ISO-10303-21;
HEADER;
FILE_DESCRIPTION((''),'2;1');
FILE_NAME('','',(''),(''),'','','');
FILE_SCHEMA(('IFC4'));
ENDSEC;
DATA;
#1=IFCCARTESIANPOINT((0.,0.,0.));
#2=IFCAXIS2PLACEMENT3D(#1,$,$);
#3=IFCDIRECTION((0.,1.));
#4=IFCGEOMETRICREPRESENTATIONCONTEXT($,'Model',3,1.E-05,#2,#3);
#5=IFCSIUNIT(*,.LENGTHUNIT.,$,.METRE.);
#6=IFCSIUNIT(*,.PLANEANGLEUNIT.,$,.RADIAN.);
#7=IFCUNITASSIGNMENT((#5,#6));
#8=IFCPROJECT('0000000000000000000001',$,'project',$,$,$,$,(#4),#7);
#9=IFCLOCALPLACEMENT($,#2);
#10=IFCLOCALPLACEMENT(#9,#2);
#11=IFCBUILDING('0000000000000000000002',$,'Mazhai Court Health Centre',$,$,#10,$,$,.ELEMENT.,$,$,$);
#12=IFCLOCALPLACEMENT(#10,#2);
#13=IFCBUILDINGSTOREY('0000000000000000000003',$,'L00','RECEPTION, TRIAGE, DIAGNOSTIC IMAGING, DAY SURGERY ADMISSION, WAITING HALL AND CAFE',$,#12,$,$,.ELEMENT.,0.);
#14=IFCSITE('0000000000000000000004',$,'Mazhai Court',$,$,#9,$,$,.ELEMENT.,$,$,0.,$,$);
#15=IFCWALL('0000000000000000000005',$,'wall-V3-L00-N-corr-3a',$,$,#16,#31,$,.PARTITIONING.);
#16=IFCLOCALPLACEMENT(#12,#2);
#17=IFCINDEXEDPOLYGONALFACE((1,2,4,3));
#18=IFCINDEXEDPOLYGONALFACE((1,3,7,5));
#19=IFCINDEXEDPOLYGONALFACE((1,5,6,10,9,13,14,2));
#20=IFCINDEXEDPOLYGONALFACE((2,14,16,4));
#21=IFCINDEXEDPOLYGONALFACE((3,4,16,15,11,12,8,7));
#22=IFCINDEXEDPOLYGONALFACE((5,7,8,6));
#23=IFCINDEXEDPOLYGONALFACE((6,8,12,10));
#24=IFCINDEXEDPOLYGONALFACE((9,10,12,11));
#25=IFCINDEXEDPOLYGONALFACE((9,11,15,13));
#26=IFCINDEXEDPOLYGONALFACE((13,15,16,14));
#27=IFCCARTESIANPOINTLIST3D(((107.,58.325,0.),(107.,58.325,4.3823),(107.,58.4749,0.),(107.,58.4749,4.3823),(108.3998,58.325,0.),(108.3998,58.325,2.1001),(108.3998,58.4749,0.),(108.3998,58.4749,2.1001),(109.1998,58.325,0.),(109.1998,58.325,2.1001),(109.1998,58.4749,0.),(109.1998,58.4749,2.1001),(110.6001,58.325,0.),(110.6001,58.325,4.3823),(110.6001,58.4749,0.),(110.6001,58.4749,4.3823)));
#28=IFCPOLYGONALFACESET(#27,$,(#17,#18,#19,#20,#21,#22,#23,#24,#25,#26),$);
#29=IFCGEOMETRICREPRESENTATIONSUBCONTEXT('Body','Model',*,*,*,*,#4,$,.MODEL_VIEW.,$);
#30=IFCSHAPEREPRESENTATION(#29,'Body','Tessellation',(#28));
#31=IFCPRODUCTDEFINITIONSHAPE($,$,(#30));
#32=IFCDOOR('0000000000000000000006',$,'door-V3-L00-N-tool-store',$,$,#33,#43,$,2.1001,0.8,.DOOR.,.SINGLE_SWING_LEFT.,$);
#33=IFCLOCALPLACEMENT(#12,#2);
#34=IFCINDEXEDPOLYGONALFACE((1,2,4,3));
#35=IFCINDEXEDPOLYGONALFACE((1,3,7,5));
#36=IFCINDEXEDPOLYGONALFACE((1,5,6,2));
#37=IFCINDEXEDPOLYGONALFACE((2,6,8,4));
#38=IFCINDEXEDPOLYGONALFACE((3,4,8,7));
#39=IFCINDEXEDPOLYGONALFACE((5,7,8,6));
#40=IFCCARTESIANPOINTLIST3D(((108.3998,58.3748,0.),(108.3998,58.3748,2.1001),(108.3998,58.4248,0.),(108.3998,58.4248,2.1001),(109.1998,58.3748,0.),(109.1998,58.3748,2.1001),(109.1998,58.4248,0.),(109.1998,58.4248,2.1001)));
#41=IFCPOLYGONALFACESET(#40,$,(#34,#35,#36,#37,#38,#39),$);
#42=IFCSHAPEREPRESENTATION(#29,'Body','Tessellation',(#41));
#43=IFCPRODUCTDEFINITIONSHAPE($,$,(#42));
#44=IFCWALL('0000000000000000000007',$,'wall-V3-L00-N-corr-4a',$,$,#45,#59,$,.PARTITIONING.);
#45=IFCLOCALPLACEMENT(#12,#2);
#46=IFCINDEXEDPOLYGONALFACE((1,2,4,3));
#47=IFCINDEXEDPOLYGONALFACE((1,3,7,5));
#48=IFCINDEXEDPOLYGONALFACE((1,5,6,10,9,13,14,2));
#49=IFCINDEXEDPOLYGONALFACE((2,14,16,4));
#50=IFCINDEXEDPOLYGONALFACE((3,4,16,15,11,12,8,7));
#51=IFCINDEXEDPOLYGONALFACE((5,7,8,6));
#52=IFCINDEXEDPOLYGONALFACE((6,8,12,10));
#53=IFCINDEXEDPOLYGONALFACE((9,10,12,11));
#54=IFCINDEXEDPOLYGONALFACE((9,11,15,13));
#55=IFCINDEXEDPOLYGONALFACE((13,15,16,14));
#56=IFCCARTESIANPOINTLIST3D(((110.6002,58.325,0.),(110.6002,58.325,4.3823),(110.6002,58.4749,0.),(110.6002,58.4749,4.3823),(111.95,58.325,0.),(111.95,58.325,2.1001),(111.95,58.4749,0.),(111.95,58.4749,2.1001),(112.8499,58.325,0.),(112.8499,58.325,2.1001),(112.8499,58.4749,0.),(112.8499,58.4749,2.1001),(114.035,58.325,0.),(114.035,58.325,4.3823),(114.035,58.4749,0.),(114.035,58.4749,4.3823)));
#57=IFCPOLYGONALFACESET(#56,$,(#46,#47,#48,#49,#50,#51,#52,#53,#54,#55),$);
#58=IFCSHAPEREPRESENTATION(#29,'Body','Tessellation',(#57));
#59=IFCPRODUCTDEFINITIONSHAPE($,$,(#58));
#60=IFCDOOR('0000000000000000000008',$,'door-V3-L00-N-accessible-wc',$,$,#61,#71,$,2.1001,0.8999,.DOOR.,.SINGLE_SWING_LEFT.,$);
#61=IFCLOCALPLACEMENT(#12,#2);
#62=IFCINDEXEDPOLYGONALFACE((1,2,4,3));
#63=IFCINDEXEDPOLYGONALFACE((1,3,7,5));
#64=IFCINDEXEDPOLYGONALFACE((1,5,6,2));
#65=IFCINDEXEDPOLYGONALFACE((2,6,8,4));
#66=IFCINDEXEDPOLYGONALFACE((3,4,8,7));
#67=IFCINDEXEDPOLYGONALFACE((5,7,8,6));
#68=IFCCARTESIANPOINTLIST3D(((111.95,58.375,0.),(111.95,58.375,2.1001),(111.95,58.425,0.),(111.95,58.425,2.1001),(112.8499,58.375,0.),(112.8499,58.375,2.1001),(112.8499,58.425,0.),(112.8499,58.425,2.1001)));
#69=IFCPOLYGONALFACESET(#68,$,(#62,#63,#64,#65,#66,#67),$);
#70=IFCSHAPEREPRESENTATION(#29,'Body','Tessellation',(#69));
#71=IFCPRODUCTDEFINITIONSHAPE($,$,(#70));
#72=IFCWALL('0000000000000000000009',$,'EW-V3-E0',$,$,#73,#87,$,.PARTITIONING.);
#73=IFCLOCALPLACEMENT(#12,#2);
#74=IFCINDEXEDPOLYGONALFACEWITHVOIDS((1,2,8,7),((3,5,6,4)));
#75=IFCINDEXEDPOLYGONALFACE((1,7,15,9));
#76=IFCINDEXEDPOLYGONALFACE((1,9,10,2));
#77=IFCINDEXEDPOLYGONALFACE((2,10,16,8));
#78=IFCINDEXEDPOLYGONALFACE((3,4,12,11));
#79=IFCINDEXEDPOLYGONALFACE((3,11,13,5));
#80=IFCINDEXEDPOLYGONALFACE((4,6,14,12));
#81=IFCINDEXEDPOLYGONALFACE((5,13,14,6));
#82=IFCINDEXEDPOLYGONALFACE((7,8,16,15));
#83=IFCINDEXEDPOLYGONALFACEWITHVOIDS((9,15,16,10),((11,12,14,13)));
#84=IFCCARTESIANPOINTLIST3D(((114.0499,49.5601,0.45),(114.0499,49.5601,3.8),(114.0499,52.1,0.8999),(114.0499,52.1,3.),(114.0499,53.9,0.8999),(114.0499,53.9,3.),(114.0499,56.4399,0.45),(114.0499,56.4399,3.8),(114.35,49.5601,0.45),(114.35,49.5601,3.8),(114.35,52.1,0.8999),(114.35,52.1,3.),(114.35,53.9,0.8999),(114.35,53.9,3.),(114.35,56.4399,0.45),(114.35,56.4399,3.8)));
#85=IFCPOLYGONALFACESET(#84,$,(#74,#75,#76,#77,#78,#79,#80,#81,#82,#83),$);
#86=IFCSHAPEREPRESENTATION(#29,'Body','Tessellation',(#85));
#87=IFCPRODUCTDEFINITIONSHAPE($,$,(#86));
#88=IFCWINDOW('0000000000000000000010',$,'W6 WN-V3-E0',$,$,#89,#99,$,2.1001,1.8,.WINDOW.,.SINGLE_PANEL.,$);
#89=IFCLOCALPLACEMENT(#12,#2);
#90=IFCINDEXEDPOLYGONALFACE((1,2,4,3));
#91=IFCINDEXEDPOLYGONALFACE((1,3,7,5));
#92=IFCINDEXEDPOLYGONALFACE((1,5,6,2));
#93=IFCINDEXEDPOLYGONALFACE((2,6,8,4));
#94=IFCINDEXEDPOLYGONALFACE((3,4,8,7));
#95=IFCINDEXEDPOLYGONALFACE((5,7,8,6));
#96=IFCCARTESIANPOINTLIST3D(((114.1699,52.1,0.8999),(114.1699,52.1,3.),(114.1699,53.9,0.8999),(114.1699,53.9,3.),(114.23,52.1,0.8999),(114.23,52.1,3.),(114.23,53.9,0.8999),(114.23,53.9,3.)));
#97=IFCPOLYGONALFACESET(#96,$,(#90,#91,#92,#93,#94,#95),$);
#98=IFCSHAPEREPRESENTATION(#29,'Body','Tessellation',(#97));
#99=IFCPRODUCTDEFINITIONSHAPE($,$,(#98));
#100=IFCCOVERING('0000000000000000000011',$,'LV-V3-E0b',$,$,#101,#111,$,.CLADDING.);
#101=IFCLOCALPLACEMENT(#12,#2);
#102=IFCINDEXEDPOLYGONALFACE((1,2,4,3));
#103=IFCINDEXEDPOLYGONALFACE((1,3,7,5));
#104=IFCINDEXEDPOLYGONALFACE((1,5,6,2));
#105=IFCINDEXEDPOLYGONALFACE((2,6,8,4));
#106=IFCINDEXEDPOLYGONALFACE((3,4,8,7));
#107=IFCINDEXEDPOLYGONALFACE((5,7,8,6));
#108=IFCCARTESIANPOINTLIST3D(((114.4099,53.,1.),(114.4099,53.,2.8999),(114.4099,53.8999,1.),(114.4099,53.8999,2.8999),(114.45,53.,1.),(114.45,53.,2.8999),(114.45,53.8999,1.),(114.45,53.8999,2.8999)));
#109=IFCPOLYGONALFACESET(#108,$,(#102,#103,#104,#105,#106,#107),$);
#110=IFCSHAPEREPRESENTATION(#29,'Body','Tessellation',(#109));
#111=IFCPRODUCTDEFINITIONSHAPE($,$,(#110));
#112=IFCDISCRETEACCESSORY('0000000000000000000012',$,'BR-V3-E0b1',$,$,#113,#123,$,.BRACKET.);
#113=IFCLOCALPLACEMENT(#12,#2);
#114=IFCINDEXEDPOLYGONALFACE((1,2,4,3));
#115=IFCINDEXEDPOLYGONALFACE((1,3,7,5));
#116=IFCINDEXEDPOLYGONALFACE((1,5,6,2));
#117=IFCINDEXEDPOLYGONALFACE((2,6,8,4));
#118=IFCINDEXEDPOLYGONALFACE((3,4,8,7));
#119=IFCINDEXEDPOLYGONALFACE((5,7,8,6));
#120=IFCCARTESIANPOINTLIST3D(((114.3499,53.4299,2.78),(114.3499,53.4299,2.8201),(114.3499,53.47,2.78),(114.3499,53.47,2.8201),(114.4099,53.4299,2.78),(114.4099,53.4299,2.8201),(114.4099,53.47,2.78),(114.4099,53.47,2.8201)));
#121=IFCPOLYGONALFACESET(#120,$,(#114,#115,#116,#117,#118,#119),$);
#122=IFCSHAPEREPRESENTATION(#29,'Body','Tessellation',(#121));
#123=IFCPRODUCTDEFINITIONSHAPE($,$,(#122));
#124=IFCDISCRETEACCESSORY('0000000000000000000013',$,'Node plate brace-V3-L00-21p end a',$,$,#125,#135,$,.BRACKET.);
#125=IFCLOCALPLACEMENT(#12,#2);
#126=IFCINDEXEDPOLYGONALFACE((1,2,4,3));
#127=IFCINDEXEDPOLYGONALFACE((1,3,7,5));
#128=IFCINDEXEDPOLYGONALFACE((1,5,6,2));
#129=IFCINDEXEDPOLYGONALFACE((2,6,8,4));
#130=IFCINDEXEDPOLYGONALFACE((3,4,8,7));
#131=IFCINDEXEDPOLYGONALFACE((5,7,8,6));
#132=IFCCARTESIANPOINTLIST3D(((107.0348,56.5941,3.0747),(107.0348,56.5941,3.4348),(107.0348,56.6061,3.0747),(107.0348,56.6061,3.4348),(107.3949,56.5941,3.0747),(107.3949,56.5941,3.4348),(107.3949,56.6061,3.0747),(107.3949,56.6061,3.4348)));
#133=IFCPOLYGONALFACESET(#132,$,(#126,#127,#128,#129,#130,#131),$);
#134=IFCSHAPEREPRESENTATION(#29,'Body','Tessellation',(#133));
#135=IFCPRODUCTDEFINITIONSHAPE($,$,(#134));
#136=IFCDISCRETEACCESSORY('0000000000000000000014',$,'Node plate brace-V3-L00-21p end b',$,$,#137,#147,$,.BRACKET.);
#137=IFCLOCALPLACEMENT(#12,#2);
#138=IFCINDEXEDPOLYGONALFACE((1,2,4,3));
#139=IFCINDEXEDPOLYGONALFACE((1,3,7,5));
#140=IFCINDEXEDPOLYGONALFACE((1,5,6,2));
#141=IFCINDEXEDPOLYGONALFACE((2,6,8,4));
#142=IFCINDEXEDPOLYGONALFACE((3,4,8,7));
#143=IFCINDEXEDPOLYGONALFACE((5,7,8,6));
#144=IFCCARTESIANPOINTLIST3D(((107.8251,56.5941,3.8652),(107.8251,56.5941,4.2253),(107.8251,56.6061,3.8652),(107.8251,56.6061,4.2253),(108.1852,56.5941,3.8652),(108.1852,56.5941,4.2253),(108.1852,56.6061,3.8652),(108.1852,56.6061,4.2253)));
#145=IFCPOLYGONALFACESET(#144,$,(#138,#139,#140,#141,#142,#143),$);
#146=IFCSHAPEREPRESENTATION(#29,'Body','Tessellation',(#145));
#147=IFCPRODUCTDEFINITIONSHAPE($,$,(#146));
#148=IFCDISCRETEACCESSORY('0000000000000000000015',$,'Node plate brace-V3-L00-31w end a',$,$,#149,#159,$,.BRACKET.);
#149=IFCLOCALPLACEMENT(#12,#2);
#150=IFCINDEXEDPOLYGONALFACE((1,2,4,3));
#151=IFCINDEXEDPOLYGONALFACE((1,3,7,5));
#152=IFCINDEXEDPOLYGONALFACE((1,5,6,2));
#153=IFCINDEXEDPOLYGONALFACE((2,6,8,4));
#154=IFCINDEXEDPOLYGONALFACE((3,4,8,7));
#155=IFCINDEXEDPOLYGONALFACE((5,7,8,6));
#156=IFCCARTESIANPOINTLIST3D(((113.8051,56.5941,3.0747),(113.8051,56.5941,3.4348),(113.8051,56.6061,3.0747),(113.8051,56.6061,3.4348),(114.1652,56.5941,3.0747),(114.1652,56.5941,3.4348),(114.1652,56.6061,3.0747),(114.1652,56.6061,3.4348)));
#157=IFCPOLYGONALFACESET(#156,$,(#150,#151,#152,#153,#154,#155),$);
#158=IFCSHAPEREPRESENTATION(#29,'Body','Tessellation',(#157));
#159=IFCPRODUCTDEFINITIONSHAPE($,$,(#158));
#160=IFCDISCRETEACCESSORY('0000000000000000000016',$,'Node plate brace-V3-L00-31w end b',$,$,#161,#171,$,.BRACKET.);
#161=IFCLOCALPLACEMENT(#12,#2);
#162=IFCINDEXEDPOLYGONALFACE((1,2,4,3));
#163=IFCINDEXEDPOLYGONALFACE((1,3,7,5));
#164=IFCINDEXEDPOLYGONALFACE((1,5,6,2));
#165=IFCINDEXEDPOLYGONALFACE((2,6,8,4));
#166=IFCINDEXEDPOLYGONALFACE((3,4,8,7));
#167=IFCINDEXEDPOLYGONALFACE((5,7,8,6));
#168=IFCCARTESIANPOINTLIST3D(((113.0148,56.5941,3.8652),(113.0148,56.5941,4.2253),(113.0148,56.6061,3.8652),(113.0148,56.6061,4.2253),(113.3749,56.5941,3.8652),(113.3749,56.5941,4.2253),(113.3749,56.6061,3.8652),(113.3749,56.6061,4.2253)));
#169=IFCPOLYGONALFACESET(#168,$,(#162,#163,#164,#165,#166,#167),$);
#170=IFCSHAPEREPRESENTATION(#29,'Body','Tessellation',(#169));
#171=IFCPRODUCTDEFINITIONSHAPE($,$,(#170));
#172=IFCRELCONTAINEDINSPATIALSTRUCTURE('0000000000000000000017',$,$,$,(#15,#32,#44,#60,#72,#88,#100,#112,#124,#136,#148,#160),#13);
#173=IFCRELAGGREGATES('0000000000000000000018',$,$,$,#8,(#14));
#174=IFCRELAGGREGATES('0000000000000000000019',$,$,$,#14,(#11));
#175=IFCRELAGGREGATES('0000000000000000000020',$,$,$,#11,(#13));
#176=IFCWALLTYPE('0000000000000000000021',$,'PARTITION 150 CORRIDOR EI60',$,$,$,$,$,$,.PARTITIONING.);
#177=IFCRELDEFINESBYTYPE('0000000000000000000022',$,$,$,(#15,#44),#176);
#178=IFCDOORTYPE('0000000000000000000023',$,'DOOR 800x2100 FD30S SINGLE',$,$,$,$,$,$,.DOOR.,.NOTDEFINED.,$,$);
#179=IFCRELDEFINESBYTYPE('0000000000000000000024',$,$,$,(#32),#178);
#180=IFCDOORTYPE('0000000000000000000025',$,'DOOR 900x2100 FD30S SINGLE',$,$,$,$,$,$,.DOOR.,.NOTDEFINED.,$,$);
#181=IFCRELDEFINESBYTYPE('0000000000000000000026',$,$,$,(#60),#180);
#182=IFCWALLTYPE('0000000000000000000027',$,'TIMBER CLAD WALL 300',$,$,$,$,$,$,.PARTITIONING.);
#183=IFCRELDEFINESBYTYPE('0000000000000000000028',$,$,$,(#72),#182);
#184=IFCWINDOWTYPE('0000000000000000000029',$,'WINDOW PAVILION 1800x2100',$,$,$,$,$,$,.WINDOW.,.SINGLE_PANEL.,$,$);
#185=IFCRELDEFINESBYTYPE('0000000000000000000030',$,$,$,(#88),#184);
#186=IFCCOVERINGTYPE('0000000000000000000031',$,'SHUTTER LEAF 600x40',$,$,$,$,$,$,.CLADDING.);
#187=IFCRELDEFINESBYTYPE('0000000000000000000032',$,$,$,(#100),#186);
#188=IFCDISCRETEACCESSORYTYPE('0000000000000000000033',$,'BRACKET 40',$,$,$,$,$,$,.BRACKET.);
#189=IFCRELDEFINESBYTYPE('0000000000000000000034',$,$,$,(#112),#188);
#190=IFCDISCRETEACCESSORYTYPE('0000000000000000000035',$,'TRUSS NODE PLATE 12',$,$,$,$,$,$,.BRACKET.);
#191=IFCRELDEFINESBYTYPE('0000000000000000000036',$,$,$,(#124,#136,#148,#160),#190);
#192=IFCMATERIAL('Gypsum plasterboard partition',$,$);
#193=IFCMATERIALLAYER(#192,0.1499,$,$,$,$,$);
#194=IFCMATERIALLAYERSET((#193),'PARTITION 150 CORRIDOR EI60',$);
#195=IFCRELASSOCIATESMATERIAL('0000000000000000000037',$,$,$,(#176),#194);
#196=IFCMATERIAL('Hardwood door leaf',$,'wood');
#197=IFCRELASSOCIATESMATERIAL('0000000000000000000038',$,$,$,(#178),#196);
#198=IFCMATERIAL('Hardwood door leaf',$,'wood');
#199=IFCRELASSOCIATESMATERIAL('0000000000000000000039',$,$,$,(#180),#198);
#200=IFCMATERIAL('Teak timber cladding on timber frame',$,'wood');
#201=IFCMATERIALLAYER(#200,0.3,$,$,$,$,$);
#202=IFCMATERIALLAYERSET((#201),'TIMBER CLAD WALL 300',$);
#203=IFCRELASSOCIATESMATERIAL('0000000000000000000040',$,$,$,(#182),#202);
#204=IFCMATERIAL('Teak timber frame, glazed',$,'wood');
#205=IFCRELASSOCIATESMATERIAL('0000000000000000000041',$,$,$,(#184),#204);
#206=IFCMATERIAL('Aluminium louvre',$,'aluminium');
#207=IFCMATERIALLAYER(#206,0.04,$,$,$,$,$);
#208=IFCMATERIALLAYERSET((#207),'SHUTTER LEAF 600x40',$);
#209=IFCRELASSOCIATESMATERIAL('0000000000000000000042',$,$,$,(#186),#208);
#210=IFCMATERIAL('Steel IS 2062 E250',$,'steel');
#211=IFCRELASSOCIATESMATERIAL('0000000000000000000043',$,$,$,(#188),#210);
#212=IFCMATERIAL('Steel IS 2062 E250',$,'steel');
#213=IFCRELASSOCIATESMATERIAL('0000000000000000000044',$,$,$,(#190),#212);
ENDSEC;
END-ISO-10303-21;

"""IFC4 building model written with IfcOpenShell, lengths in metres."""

from ifc_helpers import new_model, si_unit, direction, frame, frame_2d, origin, origin_2d, place, context, subcontext, project, spatial, rectangle, extrude, material, layer, layer_set, type_object, element, fill, save


model = new_model("IFC4")

# Units and contexts
model_context = context("Model", 3, precision=1e-05, world=origin(), true_north=direction((0.0, 1.0)))
body_context = subcontext(model_context, "Body", "Model", "MODEL_VIEW")
ifc_project = project(units=[si_unit("LENGTHUNIT", "METRE"), si_unit("PLANEANGLEUNIT", "RADIAN")], contexts=[model_context])

# Site, building, storey
site_placement = place(None, origin())
site = spatial("IfcSite", under=ifc_project, at=site_placement, Name="Mazhai Court", CompositionType="ELEMENT", RefElevation=0.0)
building_placement = place(site_placement, origin())
building = spatial("IfcBuilding", under=site, at=building_placement, Name="Mazhai Court Health Centre", CompositionType="ELEMENT")
storey_placement = place(building_placement, origin())
storey = spatial("IfcBuildingStorey", under=building, at=storey_placement, Name="L00", Description="RECEPTION, TRIAGE, DIAGNOSTIC IMAGING, DAY SURGERY ADMISSION, WAITING HALL AND CAFE", CompositionType="ELEMENT", Elevation=0.0)

# Walls, openings, doors
ifc_material_1 = material(Name="Gypsum plasterboard partition")
ifc_layer_1 = layer(ifc_material_1, 0.1499)
ifc_layer_set_1 = layer_set([ifc_layer_1], Name="PARTITION 150 CORRIDOR EI60")
wall_type_1 = type_object("IfcWallType", Name="PARTITION 150 CORRIDOR EI60", PredefinedType="PARTITIONING", material=ifc_layer_set_1)
wall_1_placement = place(storey_placement, frame((107.0, 58.3999, 0.0), z_axis=(0.0, 0.0, 1.0), x_axis=(1.0, 0.0, 0.0)))
wall_1 = element("IfcWall", 1, at=wall_1_placement, inside=storey, type_object=wall_type_1, Name="wall-V3-L00-N-corr-3a", PredefinedType="PARTITIONING", context=body_context, shape_type="SweptSolid", body=[
    extrude(rectangle(XDim=3.6001, YDim=0.1499, at=frame_2d((1.8, 0.0))), origin(), (0.0, 0.0, 1.0), 4.3823),
])
opening_1_placement = place(wall_1_placement, frame((1.3999, 0.0, 0.0)))
opening_1 = element("IfcOpeningElement", 2, at=opening_1_placement, cuts=wall_1, PredefinedType="OPENING", context=body_context, shape_type="SweptSolid", body=[
    extrude(rectangle(XDim=0.8, YDim=2.1001, at=frame_2d((0.3999, 1.05))), frame((0.0, 0.085, 0.0), z_axis=(0.0, -1.0, 0.0), x_axis=(1.0, 0.0, 0.0)), (0.0, 0.0, 1.0), 0.1699),
])
ifc_material_2 = material(Name="Hardwood door leaf", Category="wood")
door_type_1 = type_object("IfcDoorType", Name="DOOR 800x2100 FD30S SINGLE", OperationType="NOTDEFINED", PredefinedType="DOOR", material=ifc_material_2)
door_1_placement = place(opening_1_placement, origin())
door_1 = element("IfcDoor", 3, at=door_1_placement, inside=storey, type_object=door_type_1, Name="door-V3-L00-N-tool-store", OperationType="SINGLE_SWING_LEFT", OverallHeight=2.1001, OverallWidth=0.8, PredefinedType="DOOR", context=body_context, shape_type="SweptSolid", body=[
    extrude(rectangle(XDim=0.8, YDim=2.1001, at=frame_2d((0.3999, 1.05))), frame((0.0, 0.0249, 0.0), z_axis=(0.0, -1.0, 0.0), x_axis=(1.0, 0.0, 0.0)), (0.0, 0.0, 1.0), 0.05),
])
fill(opening_1, door_1)
wall_2_placement = place(storey_placement, frame((114.0349, 58.3999, 0.0), z_axis=(0.0, 0.0, 1.0), x_axis=(-1.0, 0.0, 0.0)))
wall_2 = element("IfcWall", 4, at=wall_2_placement, inside=storey, type_object=wall_type_1, Name="wall-V3-L00-N-corr-4a", PredefinedType="PARTITIONING", context=body_context, shape_type="SweptSolid", body=[
    extrude(rectangle(XDim=3.4348, YDim=0.1499, at=frame_2d((1.7173, 0.0))), origin(), (0.0, 0.0, 1.0), 4.3823),
])
opening_2_placement = place(wall_2_placement, frame((1.1851, 0.0, 0.0)))
opening_2 = element("IfcOpeningElement", 5, at=opening_2_placement, cuts=wall_2, PredefinedType="OPENING", context=body_context, shape_type="SweptSolid", body=[
    extrude(rectangle(XDim=0.8999, YDim=2.1001, at=frame_2d((0.45, 1.05))), frame((0.0, 0.085, 0.0), z_axis=(0.0, -1.0, 0.0), x_axis=(1.0, 0.0, 0.0)), (0.0, 0.0, 1.0), 0.1699),
])
ifc_material_3 = material(Name="Hardwood door leaf", Category="wood")
door_type_2 = type_object("IfcDoorType", Name="DOOR 900x2100 FD30S SINGLE", OperationType="NOTDEFINED", PredefinedType="DOOR", material=ifc_material_3)
door_2_placement = place(opening_2_placement, origin())
door_2 = element("IfcDoor", 6, at=door_2_placement, inside=storey, type_object=door_type_2, Name="door-V3-L00-N-accessible-wc", OperationType="SINGLE_SWING_LEFT", OverallHeight=2.1001, OverallWidth=0.8999, PredefinedType="DOOR", context=body_context, shape_type="SweptSolid", body=[
    extrude(rectangle(XDim=0.8999, YDim=2.1001, at=frame_2d((0.45, 1.05))), frame((0.0, 0.0249, 0.0), z_axis=(0.0, -1.0, 0.0), x_axis=(1.0, 0.0, 0.0)), (0.0, 0.0, 1.0), 0.05),
])
fill(opening_2, door_2)

# Wall, opening, window
ifc_material_4 = material(Name="Teak timber cladding on timber frame", Category="wood")
ifc_layer_2 = layer(ifc_material_4, 0.3)
ifc_layer_set_2 = layer_set([ifc_layer_2], Name="TIMBER CLAD WALL 300")
wall_type_2 = type_object("IfcWallType", Name="TIMBER CLAD WALL 300", PredefinedType="PARTITIONING", material=ifc_layer_set_2)
wall_3_placement = place(storey_placement, frame((114.2, 56.4399, 0.45), z_axis=(0.0, 0.0, 1.0), x_axis=(0.0, -1.0, 0.0)))
wall_3 = element("IfcWall", 7, at=wall_3_placement, inside=storey, type_object=wall_type_2, Name="EW-V3-E0", PredefinedType="PARTITIONING", context=body_context, shape_type="SweptSolid", body=[
    extrude(rectangle(XDim=6.8799, YDim=0.3, at=frame_2d((3.4399, 0.0))), origin(), (0.0, 0.0, 1.0), 3.3501),
])
opening_3_placement = place(wall_3_placement, frame((2.54, 0.0, 0.45)))
opening_3 = element("IfcOpeningElement", 8, at=opening_3_placement, cuts=wall_3, PredefinedType="OPENING", context=body_context, shape_type="SweptSolid", body=[
    extrude(rectangle(XDim=1.8, YDim=2.1001, at=frame_2d((0.8999, 1.05))), frame((0.0, 0.1599, 0.0), z_axis=(0.0, -1.0, 0.0), x_axis=(1.0, 0.0, 0.0)), (0.0, 0.0, 1.0), 0.3201),
])
ifc_material_5 = material(Name="Teak timber frame, glazed", Category="wood")
window_type = type_object("IfcWindowType", Name="WINDOW PAVILION 1800x2100", PartitioningType="SINGLE_PANEL", PredefinedType="WINDOW", material=ifc_material_5)
window_placement = place(opening_3_placement, origin())
window = element("IfcWindow", 9, at=window_placement, inside=storey, type_object=window_type, Name="W6 WN-V3-E0", OverallHeight=2.1001, OverallWidth=1.8, PartitioningType="SINGLE_PANEL", PredefinedType="WINDOW", context=body_context, shape_type="SweptSolid", body=[
    extrude(rectangle(XDim=1.8, YDim=2.1001, at=frame_2d((0.8999, 1.05))), frame((0.0, 0.03, 0.0), z_axis=(0.0, -1.0, 0.0), x_axis=(1.0, 0.0, 0.0)), (0.0, 0.0, 1.0), 0.0601),
])
fill(opening_3, window)

# Covering
ifc_material_6 = material(Name="Aluminium louvre", Category="aluminium")
ifc_layer_3 = layer(ifc_material_6, 0.04)
ifc_layer_set_3 = layer_set([ifc_layer_3], Name="SHUTTER LEAF 600x40")
covering_type = type_object("IfcCoveringType", Name="SHUTTER LEAF 600x40", PredefinedType="CLADDING", material=ifc_layer_set_3)
covering_placement = place(storey_placement, frame((114.4299, 53.45, 1.0), z_axis=(0.0, 0.0, 1.0), x_axis=(0.0, 1.0, 0.0)))
element("IfcCovering", 10, at=covering_placement, inside=storey, type_object=covering_type, Name="LV-V3-E0b", PredefinedType="CLADDING", context=body_context, shape_type="SweptSolid", body=[
    extrude(rectangle(XDim=0.8999, YDim=0.04, at=origin_2d()), origin(), (0.0, 0.0, 1.0), 1.8999),
])

# Discrete accessories
ifc_material_7 = material(Name="Steel IS 2062 E250", Category="steel")
discrete_accessory_type_1 = type_object("IfcDiscreteAccessoryType", Name="BRACKET 40", PredefinedType="BRACKET", material=ifc_material_7)
discrete_accessory_placement = place(storey_placement, frame((114.3799, 53.45, 2.78), z_axis=(0.0, 0.0, 1.0), x_axis=(0.0, 1.0, 0.0)))
element("IfcDiscreteAccessory", 11, at=discrete_accessory_placement, inside=storey, type_object=discrete_accessory_type_1, Name="BR-V3-E0b1", PredefinedType="BRACKET", context=body_context, shape_type="SweptSolid", body=[
    extrude(rectangle(XDim=0.04, YDim=0.0601, at=origin_2d()), origin(), (0.0, 0.0, 1.0), 0.04),
])
ifc_material_8 = material(Name="Steel IS 2062 E250", Category="steel")
discrete_accessory_type_2 = type_object("IfcDiscreteAccessoryType", Name="TRUSS NODE PLATE 12", PredefinedType="BRACKET", material=ifc_material_8)
for number, where, z_axis, x_axis, name in (
    (12, (107.2148, 56.6001, 3.0747), (0.0, 0.0, 1.0), (1.0, 0.0, 0.0), "Node plate brace-V3-L00-21p end a"),
    (13, (108.0051, 56.6001, 3.8652), (0.0, 0.0, 1.0), (1.0, 0.0, 0.0), "Node plate brace-V3-L00-21p end b"),
    (14, (113.9851, 56.6001, 3.0747), (0.0, 0.0, 1.0), (1.0, 0.0, 0.0), "Node plate brace-V3-L00-31w end a"),
    (15, (113.1948, 56.6001, 3.8652), (0.0, 0.0, 1.0), (1.0, 0.0, 0.0), "Node plate brace-V3-L00-31w end b"),
):
    element("IfcDiscreteAccessory", number, at=place(storey_placement, frame(where, z_axis=z_axis, x_axis=x_axis)), inside=storey, type_object=discrete_accessory_type_2, Name=name, PredefinedType="BRACKET", context=body_context, shape_type="SweptSolid", body=[
        extrude(rectangle(XDim=0.3601, YDim=0.012, at=origin_2d()), origin(), (0.0, 0.0, 1.0), 0.3601),
    ])

save(model, "model.ifc")
